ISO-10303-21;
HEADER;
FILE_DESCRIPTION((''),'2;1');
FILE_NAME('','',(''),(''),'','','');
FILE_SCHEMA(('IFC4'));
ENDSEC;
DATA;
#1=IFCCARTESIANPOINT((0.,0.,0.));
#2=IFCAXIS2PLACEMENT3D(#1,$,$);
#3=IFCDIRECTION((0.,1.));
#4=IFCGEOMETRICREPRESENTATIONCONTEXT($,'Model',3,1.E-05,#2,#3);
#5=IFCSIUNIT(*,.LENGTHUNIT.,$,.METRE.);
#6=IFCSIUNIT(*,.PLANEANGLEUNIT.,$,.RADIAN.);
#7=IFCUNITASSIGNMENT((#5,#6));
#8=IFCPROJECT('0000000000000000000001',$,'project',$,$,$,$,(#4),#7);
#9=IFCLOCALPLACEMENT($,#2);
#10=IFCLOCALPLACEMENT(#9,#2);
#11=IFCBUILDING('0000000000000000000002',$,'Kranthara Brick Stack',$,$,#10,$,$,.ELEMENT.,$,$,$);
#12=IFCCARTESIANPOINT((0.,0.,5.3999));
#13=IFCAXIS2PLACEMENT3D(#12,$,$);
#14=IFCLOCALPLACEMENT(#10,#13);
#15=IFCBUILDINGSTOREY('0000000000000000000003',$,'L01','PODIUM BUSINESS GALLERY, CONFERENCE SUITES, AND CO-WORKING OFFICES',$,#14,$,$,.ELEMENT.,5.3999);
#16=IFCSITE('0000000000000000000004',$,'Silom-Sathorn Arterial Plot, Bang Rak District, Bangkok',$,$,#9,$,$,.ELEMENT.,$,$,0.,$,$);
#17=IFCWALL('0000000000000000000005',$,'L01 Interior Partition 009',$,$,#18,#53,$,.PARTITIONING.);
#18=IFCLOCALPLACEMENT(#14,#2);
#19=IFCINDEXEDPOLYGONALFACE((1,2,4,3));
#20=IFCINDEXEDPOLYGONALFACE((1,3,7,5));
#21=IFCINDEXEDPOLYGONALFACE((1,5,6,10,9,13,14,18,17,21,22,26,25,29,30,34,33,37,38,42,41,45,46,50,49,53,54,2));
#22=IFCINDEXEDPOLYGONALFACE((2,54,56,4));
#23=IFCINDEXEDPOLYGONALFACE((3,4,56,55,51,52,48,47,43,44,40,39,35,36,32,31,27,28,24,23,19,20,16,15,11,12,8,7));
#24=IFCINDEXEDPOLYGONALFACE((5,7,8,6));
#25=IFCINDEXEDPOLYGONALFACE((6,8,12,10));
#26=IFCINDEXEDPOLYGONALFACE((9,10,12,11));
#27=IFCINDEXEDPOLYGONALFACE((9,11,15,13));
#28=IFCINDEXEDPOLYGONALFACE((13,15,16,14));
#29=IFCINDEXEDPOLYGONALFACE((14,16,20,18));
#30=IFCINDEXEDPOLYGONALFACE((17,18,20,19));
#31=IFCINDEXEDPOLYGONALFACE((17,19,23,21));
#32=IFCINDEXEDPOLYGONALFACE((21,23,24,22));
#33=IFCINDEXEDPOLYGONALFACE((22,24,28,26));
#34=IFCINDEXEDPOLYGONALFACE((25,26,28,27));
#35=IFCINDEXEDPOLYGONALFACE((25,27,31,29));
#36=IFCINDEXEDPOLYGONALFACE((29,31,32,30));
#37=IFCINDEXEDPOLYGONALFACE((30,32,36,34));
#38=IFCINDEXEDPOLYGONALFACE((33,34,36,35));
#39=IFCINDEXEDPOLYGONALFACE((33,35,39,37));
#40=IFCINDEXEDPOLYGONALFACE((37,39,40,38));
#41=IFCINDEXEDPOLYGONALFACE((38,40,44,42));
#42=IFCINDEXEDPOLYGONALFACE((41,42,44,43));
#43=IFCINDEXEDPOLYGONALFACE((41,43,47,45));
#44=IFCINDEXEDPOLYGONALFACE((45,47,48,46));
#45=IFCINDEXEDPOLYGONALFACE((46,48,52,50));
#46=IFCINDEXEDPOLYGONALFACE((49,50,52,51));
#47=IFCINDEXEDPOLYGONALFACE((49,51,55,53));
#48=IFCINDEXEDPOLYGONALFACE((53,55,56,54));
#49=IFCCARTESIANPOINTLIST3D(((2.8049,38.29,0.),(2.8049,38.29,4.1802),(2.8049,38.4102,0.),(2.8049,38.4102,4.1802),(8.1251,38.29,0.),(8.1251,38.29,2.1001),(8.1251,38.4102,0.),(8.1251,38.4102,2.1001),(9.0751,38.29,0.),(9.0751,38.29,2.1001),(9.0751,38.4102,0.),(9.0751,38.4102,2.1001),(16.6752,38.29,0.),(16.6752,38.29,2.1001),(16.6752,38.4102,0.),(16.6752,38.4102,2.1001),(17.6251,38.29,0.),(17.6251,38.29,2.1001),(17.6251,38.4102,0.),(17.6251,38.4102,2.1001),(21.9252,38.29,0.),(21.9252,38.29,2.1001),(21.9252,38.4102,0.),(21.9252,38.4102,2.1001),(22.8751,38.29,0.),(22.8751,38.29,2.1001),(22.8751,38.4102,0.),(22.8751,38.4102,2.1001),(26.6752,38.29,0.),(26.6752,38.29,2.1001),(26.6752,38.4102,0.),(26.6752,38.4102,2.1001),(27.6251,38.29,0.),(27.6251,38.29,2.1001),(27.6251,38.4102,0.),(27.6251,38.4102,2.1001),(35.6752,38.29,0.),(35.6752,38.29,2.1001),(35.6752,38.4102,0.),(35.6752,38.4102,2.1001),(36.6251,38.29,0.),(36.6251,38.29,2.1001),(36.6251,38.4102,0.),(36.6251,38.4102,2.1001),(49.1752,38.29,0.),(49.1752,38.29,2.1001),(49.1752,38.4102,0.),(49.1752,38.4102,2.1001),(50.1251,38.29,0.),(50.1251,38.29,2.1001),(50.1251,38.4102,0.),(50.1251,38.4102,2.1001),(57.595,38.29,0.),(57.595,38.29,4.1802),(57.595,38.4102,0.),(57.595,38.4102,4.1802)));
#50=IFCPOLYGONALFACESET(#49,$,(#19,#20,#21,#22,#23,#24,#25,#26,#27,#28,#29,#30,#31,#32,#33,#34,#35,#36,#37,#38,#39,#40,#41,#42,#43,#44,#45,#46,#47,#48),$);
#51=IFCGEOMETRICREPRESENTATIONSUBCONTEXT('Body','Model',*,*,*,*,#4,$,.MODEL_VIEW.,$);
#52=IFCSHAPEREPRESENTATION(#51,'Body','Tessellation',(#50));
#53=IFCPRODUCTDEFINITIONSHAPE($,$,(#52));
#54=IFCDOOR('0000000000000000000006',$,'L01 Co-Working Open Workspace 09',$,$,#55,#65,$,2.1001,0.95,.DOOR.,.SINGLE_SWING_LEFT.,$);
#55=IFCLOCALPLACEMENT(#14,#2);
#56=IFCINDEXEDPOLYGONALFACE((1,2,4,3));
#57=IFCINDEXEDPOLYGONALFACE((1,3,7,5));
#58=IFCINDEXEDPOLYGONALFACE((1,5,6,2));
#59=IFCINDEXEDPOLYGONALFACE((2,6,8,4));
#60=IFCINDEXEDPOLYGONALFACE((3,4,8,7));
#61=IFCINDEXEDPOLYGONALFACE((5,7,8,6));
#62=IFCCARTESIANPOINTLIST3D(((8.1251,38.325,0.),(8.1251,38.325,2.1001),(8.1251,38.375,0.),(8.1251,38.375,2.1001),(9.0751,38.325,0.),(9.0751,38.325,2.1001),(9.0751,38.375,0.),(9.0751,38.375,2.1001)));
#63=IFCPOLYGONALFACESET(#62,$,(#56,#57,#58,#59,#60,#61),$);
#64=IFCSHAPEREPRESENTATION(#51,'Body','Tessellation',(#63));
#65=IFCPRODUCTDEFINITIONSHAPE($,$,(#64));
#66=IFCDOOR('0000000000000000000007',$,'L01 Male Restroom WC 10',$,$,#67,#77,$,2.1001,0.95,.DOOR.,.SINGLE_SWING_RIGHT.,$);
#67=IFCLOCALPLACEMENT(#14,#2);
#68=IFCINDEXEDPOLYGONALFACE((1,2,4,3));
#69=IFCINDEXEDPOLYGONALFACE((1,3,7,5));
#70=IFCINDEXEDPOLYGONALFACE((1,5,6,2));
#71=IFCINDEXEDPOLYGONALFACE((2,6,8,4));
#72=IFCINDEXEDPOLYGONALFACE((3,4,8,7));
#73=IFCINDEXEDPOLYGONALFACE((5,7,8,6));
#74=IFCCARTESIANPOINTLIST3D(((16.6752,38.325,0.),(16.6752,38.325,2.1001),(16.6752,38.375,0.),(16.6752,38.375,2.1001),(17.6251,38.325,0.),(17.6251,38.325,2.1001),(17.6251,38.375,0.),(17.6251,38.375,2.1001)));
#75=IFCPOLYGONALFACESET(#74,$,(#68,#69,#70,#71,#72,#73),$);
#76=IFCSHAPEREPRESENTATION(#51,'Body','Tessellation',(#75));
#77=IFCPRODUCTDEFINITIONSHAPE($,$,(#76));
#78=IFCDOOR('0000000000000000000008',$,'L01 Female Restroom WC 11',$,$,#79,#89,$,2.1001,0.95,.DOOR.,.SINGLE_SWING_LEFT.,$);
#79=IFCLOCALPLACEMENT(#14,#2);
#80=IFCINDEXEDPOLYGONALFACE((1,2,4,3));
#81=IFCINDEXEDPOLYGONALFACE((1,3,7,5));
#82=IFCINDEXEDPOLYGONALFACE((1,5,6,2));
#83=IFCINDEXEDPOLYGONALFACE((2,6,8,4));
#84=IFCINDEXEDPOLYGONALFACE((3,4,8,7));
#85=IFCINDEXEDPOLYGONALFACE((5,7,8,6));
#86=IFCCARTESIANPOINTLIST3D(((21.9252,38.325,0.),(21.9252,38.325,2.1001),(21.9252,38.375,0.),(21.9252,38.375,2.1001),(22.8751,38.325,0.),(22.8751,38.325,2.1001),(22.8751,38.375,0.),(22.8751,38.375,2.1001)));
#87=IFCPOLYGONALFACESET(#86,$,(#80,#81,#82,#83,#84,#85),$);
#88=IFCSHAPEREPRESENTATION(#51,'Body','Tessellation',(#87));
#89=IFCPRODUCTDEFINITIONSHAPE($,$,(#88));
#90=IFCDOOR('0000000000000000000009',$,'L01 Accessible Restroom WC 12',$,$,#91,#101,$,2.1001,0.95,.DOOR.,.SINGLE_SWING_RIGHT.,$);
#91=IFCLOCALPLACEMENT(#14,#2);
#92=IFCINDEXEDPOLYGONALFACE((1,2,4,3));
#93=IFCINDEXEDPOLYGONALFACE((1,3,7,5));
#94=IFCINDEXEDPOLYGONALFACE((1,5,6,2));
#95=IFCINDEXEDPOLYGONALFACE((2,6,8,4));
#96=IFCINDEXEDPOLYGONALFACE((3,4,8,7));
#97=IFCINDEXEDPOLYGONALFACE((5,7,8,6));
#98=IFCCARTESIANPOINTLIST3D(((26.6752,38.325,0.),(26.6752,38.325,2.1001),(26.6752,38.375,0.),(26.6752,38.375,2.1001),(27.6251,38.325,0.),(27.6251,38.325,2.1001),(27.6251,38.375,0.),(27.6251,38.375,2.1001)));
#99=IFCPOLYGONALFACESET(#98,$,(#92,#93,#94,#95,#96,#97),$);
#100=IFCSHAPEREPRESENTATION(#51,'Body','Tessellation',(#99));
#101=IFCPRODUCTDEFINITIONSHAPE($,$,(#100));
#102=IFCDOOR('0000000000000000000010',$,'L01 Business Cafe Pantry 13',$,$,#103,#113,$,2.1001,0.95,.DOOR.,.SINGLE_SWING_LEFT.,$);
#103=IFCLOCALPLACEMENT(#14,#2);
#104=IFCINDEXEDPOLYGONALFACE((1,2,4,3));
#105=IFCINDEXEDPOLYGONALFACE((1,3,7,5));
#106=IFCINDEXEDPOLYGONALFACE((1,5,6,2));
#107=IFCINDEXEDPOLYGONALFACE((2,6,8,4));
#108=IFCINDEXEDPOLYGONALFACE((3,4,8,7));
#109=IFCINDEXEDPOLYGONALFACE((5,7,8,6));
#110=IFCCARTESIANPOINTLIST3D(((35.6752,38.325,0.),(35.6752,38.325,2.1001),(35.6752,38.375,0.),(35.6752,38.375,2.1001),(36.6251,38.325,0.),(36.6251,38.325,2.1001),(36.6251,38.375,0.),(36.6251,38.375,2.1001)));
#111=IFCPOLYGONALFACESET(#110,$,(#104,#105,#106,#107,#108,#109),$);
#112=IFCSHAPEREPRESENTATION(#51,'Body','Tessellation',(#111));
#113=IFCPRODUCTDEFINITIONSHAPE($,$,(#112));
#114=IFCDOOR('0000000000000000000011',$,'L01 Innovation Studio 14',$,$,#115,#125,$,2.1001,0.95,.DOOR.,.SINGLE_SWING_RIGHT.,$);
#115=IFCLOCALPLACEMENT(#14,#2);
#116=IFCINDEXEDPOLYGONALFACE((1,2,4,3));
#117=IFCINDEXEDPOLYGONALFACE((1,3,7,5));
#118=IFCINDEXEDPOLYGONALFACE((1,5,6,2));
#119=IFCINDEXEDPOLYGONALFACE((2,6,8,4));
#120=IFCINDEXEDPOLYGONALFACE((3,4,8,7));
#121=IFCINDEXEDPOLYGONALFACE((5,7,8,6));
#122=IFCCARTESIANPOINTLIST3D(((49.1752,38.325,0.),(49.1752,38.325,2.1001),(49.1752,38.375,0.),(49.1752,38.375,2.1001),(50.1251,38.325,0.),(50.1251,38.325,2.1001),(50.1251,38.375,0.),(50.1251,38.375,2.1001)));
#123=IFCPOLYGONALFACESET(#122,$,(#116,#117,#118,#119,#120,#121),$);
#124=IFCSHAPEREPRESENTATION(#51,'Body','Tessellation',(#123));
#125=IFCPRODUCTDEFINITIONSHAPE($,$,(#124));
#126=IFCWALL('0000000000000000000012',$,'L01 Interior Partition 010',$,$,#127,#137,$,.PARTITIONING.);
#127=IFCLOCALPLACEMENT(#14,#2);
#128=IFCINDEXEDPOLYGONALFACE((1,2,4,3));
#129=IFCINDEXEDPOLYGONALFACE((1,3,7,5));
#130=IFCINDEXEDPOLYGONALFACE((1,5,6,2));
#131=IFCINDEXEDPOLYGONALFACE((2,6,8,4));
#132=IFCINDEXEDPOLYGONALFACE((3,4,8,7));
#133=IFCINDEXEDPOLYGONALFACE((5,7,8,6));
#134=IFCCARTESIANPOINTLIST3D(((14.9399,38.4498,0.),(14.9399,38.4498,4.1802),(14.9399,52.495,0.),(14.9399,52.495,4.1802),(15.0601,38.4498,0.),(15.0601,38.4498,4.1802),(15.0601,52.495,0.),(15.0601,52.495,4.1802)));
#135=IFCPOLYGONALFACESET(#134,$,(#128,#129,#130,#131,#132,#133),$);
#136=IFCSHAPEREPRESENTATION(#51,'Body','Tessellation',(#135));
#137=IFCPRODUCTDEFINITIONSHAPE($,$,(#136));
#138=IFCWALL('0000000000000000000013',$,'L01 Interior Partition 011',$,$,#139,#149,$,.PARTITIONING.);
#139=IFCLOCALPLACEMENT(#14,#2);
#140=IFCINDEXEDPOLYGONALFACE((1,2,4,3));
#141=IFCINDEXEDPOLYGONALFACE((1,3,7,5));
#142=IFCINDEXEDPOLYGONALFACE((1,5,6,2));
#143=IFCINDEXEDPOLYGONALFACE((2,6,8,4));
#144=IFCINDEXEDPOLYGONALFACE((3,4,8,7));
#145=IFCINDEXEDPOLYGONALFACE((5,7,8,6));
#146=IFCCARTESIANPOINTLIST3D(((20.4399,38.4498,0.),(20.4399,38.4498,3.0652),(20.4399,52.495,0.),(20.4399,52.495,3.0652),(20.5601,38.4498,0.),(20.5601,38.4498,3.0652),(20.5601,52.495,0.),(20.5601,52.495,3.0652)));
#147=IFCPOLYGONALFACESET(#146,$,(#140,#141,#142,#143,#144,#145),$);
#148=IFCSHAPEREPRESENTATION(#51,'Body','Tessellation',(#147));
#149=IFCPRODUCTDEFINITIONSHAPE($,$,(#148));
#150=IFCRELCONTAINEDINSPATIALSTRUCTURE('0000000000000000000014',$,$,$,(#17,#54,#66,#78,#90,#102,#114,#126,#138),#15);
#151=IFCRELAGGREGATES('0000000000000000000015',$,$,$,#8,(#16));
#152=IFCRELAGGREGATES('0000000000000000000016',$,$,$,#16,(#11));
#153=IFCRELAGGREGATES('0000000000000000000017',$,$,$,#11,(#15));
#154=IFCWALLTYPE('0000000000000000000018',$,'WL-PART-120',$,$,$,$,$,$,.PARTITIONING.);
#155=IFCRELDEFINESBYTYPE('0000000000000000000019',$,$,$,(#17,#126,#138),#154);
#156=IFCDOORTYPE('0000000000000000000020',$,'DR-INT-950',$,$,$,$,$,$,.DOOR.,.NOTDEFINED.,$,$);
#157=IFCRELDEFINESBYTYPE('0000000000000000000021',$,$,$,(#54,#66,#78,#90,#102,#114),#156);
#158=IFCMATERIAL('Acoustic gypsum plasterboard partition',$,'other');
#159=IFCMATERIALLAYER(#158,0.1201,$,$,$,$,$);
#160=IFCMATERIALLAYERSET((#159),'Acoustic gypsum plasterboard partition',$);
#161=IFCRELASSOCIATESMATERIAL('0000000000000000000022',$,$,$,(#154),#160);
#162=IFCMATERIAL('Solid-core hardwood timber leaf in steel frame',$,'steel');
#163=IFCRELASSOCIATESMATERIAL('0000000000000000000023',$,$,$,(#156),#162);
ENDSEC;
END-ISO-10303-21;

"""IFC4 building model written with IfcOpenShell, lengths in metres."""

from ifc_helpers import new_model, si_unit, direction, frame, frame_2d, origin, place, context, subcontext, project, spatial, rectangle, extrude, material, layer, layer_set, type_object, element, fill, save


model = new_model("IFC4")

# Units and contexts
model_context = context("Model", 3, precision=1e-05, world=origin(), true_north=direction((0.0, 1.0)))
body_context = subcontext(model_context, "Body", "Model", "MODEL_VIEW")
ifc_project = project(units=[si_unit("LENGTHUNIT", "METRE"), si_unit("PLANEANGLEUNIT", "RADIAN")], contexts=[model_context])

# Site, building, storey
site_placement = place(None, origin())
site = spatial("IfcSite", under=ifc_project, at=site_placement, Name="Silom-Sathorn Arterial Plot, Bang Rak District, Bangkok", CompositionType="ELEMENT", RefElevation=0.0)
building_placement = place(site_placement, origin())
building = spatial("IfcBuilding", under=site, at=building_placement, Name="Kranthara Brick Stack", CompositionType="ELEMENT")
storey_placement = place(building_placement, frame((0.0, 0.0, 5.3999)))
storey = spatial("IfcBuildingStorey", under=building, at=storey_placement, Name="L01", Description="PODIUM BUSINESS GALLERY, CONFERENCE SUITES, AND CO-WORKING OFFICES", CompositionType="ELEMENT", Elevation=5.3999)

# Wall, openings, doors
ifc_material_1 = material(Name="Acoustic gypsum plasterboard partition", Category="other")
ifc_layer_1 = layer(ifc_material_1, 0.1201)
ifc_layer_set_1 = layer_set([ifc_layer_1], Name="Acoustic gypsum plasterboard partition")
wall_type_1 = type_object("IfcWallType", Name="WL-PART-120", PredefinedType="PARTITIONING", material=ifc_layer_set_1)
wall_1_placement = place(storey_placement, frame((2.8049, 38.3501, 0.0), z_axis=(0.0, 0.0, 1.0), x_axis=(1.0, 0.0, 0.0)))
wall_1 = element("IfcWall", 1, at=wall_1_placement, inside=storey, type_object=wall_type_1, Name="L01 Interior Partition 009", PredefinedType="PARTITIONING", context=body_context, shape_type="SweptSolid", body=[
    extrude(rectangle(XDim=54.79, YDim=0.1201, at=frame_2d((27.395, 0.0))), origin(), (0.0, 0.0, 1.0), 4.1802),
])
opening_1_placement = place(wall_1_placement, frame((5.3201, 0.0, 0.0)))
opening_1 = element("IfcOpeningElement", 2, at=opening_1_placement, cuts=wall_1, PredefinedType="OPENING", context=body_context, shape_type="SweptSolid", body=[
    extrude(rectangle(XDim=0.95, YDim=2.1001, at=frame_2d((0.4751, 1.05))), frame((0.0, 0.0701, 0.0), z_axis=(0.0, -1.0, 0.0), x_axis=(1.0, 0.0, 0.0)), (0.0, 0.0, 1.0), 0.1401),
])
opening_2_placement = place(wall_1_placement, frame((13.8701, 0.0, 0.0)))
opening_2 = element("IfcOpeningElement", 3, at=opening_2_placement, cuts=wall_1, PredefinedType="OPENING", context=body_context, shape_type="SweptSolid", body=[
    extrude(rectangle(XDim=0.95, YDim=2.1001, at=frame_2d((0.4751, 1.05))), frame((0.0, 0.0701, 0.0), z_axis=(0.0, -1.0, 0.0), x_axis=(1.0, 0.0, 0.0)), (0.0, 0.0, 1.0), 0.1401),
])
opening_3_placement = place(wall_1_placement, frame((19.1201, 0.0, 0.0)))
opening_3 = element("IfcOpeningElement", 4, at=opening_3_placement, cuts=wall_1, PredefinedType="OPENING", context=body_context, shape_type="SweptSolid", body=[
    extrude(rectangle(XDim=0.95, YDim=2.1001, at=frame_2d((0.4751, 1.05))), frame((0.0, 0.0701, 0.0), z_axis=(0.0, -1.0, 0.0), x_axis=(1.0, 0.0, 0.0)), (0.0, 0.0, 1.0), 0.1401),
])
opening_4_placement = place(wall_1_placement, frame((23.8701, 0.0, 0.0)))
opening_4 = element("IfcOpeningElement", 5, at=opening_4_placement, cuts=wall_1, PredefinedType="OPENING", context=body_context, shape_type="SweptSolid", body=[
    extrude(rectangle(XDim=0.95, YDim=2.1001, at=frame_2d((0.4751, 1.05))), frame((0.0, 0.0701, 0.0), z_axis=(0.0, -1.0, 0.0), x_axis=(1.0, 0.0, 0.0)), (0.0, 0.0, 1.0), 0.1401),
])
opening_5_placement = place(wall_1_placement, frame((32.8701, 0.0, 0.0)))
opening_5 = element("IfcOpeningElement", 6, at=opening_5_placement, cuts=wall_1, PredefinedType="OPENING", context=body_context, shape_type="SweptSolid", body=[
    extrude(rectangle(XDim=0.95, YDim=2.1001, at=frame_2d((0.4751, 1.05))), frame((0.0, 0.0701, 0.0), z_axis=(0.0, -1.0, 0.0), x_axis=(1.0, 0.0, 0.0)), (0.0, 0.0, 1.0), 0.1401),
])
opening_6_placement = place(wall_1_placement, frame((46.3701, 0.0, 0.0)))
opening_6 = element("IfcOpeningElement", 7, at=opening_6_placement, cuts=wall_1, PredefinedType="OPENING", context=body_context, shape_type="SweptSolid", body=[
    extrude(rectangle(XDim=0.95, YDim=2.1001, at=frame_2d((0.4751, 1.05))), frame((0.0, 0.0701, 0.0), z_axis=(0.0, -1.0, 0.0), x_axis=(1.0, 0.0, 0.0)), (0.0, 0.0, 1.0), 0.1401),
])
ifc_material_2 = material(Name="Solid-core hardwood timber leaf in steel frame", Category="steel")
door_type_1 = type_object("IfcDoorType", Name="DR-INT-950", OperationType="NOTDEFINED", PredefinedType="DOOR", material=ifc_material_2)
door_1_placement = place(opening_1_placement, origin())
door_1 = element("IfcDoor", 8, at=door_1_placement, inside=storey, type_object=door_type_1, Name="L01 Co-Working Open Workspace 09", OperationType="SINGLE_SWING_LEFT", OverallHeight=2.1001, OverallWidth=0.95, PredefinedType="DOOR", context=body_context, shape_type="SweptSolid", body=[
    extrude(rectangle(XDim=0.95, YDim=2.1001, at=frame_2d((0.4751, 1.05))), frame((0.0, 0.0249, 0.0), z_axis=(0.0, -1.0, 0.0), x_axis=(1.0, 0.0, 0.0)), (0.0, 0.0, 1.0), 0.05),
])
fill(opening_1, door_1)
door_2_placement = place(opening_2_placement, origin())
door_2 = element("IfcDoor", 9, at=door_2_placement, inside=storey, type_object=door_type_1, Name="L01 Male Restroom WC 10", OperationType="SINGLE_SWING_RIGHT", OverallHeight=2.1001, OverallWidth=0.95, PredefinedType="DOOR", context=body_context, shape_type="SweptSolid", body=[
    extrude(rectangle(XDim=0.95, YDim=2.1001, at=frame_2d((0.4751, 1.05))), frame((0.0, 0.0249, 0.0), z_axis=(0.0, -1.0, 0.0), x_axis=(1.0, 0.0, 0.0)), (0.0, 0.0, 1.0), 0.05),
])
fill(opening_2, door_2)
door_3_placement = place(opening_3_placement, origin())
door_3 = element("IfcDoor", 10, at=door_3_placement, inside=storey, type_object=door_type_1, Name="L01 Female Restroom WC 11", OperationType="SINGLE_SWING_LEFT", OverallHeight=2.1001, OverallWidth=0.95, PredefinedType="DOOR", context=body_context, shape_type="SweptSolid", body=[
    extrude(rectangle(XDim=0.95, YDim=2.1001, at=frame_2d((0.4751, 1.05))), frame((0.0, 0.0249, 0.0), z_axis=(0.0, -1.0, 0.0), x_axis=(1.0, 0.0, 0.0)), (0.0, 0.0, 1.0), 0.05),
])
fill(opening_3, door_3)
door_4_placement = place(opening_4_placement, origin())
door_4 = element("IfcDoor", 11, at=door_4_placement, inside=storey, type_object=door_type_1, Name="L01 Accessible Restroom WC 12", OperationType="SINGLE_SWING_RIGHT", OverallHeight=2.1001, OverallWidth=0.95, PredefinedType="DOOR", context=body_context, shape_type="SweptSolid", body=[
    extrude(rectangle(XDim=0.95, YDim=2.1001, at=frame_2d((0.4751, 1.05))), frame((0.0, 0.0249, 0.0), z_axis=(0.0, -1.0, 0.0), x_axis=(1.0, 0.0, 0.0)), (0.0, 0.0, 1.0), 0.05),
])
fill(opening_4, door_4)
door_5_placement = place(opening_5_placement, origin())
door_5 = element("IfcDoor", 12, at=door_5_placement, inside=storey, type_object=door_type_1, Name="L01 Business Cafe Pantry 13", OperationType="SINGLE_SWING_LEFT", OverallHeight=2.1001, OverallWidth=0.95, PredefinedType="DOOR", context=body_context, shape_type="SweptSolid", body=[
    extrude(rectangle(XDim=0.95, YDim=2.1001, at=frame_2d((0.4751, 1.05))), frame((0.0, 0.0249, 0.0), z_axis=(0.0, -1.0, 0.0), x_axis=(1.0, 0.0, 0.0)), (0.0, 0.0, 1.0), 0.05),
])
fill(opening_5, door_5)
door_6_placement = place(opening_6_placement, origin())
door_6 = element("IfcDoor", 13, at=door_6_placement, inside=storey, type_object=door_type_1, Name="L01 Innovation Studio 14", OperationType="SINGLE_SWING_RIGHT", OverallHeight=2.1001, OverallWidth=0.95, PredefinedType="DOOR", context=body_context, shape_type="SweptSolid", body=[
    extrude(rectangle(XDim=0.95, YDim=2.1001, at=frame_2d((0.4751, 1.05))), frame((0.0, 0.0249, 0.0), z_axis=(0.0, -1.0, 0.0), x_axis=(1.0, 0.0, 0.0)), (0.0, 0.0, 1.0), 0.05),
])
fill(opening_6, door_6)

# Walls
wall_2_placement = place(storey_placement, frame((15.0, 38.45, 0.0), z_axis=(0.0, 0.0, 1.0), x_axis=(0.0, 1.0, 0.0)))
element("IfcWall", 14, at=wall_2_placement, inside=storey, type_object=wall_type_1, Name="L01 Interior Partition 010", PredefinedType="PARTITIONING", context=body_context, shape_type="SweptSolid", body=[
    extrude(rectangle(XDim=14.0452, YDim=0.1201, at=frame_2d((7.0225, 0.0))), origin(), (0.0, 0.0, 1.0), 4.1802),
])
wall_3_placement = place(storey_placement, frame((20.5, 38.45, 0.0), z_axis=(0.0, 0.0, 1.0), x_axis=(0.0, 1.0, 0.0)))
element("IfcWall", 15, at=wall_3_placement, inside=storey, type_object=wall_type_1, Name="L01 Interior Partition 011", PredefinedType="PARTITIONING", context=body_context, shape_type="SweptSolid", body=[
    extrude(rectangle(XDim=14.0452, YDim=0.1201, at=frame_2d((7.0225, 0.0))), origin(), (0.0, 0.0, 1.0), 3.0652),
])

save(model, "model.ifc")
